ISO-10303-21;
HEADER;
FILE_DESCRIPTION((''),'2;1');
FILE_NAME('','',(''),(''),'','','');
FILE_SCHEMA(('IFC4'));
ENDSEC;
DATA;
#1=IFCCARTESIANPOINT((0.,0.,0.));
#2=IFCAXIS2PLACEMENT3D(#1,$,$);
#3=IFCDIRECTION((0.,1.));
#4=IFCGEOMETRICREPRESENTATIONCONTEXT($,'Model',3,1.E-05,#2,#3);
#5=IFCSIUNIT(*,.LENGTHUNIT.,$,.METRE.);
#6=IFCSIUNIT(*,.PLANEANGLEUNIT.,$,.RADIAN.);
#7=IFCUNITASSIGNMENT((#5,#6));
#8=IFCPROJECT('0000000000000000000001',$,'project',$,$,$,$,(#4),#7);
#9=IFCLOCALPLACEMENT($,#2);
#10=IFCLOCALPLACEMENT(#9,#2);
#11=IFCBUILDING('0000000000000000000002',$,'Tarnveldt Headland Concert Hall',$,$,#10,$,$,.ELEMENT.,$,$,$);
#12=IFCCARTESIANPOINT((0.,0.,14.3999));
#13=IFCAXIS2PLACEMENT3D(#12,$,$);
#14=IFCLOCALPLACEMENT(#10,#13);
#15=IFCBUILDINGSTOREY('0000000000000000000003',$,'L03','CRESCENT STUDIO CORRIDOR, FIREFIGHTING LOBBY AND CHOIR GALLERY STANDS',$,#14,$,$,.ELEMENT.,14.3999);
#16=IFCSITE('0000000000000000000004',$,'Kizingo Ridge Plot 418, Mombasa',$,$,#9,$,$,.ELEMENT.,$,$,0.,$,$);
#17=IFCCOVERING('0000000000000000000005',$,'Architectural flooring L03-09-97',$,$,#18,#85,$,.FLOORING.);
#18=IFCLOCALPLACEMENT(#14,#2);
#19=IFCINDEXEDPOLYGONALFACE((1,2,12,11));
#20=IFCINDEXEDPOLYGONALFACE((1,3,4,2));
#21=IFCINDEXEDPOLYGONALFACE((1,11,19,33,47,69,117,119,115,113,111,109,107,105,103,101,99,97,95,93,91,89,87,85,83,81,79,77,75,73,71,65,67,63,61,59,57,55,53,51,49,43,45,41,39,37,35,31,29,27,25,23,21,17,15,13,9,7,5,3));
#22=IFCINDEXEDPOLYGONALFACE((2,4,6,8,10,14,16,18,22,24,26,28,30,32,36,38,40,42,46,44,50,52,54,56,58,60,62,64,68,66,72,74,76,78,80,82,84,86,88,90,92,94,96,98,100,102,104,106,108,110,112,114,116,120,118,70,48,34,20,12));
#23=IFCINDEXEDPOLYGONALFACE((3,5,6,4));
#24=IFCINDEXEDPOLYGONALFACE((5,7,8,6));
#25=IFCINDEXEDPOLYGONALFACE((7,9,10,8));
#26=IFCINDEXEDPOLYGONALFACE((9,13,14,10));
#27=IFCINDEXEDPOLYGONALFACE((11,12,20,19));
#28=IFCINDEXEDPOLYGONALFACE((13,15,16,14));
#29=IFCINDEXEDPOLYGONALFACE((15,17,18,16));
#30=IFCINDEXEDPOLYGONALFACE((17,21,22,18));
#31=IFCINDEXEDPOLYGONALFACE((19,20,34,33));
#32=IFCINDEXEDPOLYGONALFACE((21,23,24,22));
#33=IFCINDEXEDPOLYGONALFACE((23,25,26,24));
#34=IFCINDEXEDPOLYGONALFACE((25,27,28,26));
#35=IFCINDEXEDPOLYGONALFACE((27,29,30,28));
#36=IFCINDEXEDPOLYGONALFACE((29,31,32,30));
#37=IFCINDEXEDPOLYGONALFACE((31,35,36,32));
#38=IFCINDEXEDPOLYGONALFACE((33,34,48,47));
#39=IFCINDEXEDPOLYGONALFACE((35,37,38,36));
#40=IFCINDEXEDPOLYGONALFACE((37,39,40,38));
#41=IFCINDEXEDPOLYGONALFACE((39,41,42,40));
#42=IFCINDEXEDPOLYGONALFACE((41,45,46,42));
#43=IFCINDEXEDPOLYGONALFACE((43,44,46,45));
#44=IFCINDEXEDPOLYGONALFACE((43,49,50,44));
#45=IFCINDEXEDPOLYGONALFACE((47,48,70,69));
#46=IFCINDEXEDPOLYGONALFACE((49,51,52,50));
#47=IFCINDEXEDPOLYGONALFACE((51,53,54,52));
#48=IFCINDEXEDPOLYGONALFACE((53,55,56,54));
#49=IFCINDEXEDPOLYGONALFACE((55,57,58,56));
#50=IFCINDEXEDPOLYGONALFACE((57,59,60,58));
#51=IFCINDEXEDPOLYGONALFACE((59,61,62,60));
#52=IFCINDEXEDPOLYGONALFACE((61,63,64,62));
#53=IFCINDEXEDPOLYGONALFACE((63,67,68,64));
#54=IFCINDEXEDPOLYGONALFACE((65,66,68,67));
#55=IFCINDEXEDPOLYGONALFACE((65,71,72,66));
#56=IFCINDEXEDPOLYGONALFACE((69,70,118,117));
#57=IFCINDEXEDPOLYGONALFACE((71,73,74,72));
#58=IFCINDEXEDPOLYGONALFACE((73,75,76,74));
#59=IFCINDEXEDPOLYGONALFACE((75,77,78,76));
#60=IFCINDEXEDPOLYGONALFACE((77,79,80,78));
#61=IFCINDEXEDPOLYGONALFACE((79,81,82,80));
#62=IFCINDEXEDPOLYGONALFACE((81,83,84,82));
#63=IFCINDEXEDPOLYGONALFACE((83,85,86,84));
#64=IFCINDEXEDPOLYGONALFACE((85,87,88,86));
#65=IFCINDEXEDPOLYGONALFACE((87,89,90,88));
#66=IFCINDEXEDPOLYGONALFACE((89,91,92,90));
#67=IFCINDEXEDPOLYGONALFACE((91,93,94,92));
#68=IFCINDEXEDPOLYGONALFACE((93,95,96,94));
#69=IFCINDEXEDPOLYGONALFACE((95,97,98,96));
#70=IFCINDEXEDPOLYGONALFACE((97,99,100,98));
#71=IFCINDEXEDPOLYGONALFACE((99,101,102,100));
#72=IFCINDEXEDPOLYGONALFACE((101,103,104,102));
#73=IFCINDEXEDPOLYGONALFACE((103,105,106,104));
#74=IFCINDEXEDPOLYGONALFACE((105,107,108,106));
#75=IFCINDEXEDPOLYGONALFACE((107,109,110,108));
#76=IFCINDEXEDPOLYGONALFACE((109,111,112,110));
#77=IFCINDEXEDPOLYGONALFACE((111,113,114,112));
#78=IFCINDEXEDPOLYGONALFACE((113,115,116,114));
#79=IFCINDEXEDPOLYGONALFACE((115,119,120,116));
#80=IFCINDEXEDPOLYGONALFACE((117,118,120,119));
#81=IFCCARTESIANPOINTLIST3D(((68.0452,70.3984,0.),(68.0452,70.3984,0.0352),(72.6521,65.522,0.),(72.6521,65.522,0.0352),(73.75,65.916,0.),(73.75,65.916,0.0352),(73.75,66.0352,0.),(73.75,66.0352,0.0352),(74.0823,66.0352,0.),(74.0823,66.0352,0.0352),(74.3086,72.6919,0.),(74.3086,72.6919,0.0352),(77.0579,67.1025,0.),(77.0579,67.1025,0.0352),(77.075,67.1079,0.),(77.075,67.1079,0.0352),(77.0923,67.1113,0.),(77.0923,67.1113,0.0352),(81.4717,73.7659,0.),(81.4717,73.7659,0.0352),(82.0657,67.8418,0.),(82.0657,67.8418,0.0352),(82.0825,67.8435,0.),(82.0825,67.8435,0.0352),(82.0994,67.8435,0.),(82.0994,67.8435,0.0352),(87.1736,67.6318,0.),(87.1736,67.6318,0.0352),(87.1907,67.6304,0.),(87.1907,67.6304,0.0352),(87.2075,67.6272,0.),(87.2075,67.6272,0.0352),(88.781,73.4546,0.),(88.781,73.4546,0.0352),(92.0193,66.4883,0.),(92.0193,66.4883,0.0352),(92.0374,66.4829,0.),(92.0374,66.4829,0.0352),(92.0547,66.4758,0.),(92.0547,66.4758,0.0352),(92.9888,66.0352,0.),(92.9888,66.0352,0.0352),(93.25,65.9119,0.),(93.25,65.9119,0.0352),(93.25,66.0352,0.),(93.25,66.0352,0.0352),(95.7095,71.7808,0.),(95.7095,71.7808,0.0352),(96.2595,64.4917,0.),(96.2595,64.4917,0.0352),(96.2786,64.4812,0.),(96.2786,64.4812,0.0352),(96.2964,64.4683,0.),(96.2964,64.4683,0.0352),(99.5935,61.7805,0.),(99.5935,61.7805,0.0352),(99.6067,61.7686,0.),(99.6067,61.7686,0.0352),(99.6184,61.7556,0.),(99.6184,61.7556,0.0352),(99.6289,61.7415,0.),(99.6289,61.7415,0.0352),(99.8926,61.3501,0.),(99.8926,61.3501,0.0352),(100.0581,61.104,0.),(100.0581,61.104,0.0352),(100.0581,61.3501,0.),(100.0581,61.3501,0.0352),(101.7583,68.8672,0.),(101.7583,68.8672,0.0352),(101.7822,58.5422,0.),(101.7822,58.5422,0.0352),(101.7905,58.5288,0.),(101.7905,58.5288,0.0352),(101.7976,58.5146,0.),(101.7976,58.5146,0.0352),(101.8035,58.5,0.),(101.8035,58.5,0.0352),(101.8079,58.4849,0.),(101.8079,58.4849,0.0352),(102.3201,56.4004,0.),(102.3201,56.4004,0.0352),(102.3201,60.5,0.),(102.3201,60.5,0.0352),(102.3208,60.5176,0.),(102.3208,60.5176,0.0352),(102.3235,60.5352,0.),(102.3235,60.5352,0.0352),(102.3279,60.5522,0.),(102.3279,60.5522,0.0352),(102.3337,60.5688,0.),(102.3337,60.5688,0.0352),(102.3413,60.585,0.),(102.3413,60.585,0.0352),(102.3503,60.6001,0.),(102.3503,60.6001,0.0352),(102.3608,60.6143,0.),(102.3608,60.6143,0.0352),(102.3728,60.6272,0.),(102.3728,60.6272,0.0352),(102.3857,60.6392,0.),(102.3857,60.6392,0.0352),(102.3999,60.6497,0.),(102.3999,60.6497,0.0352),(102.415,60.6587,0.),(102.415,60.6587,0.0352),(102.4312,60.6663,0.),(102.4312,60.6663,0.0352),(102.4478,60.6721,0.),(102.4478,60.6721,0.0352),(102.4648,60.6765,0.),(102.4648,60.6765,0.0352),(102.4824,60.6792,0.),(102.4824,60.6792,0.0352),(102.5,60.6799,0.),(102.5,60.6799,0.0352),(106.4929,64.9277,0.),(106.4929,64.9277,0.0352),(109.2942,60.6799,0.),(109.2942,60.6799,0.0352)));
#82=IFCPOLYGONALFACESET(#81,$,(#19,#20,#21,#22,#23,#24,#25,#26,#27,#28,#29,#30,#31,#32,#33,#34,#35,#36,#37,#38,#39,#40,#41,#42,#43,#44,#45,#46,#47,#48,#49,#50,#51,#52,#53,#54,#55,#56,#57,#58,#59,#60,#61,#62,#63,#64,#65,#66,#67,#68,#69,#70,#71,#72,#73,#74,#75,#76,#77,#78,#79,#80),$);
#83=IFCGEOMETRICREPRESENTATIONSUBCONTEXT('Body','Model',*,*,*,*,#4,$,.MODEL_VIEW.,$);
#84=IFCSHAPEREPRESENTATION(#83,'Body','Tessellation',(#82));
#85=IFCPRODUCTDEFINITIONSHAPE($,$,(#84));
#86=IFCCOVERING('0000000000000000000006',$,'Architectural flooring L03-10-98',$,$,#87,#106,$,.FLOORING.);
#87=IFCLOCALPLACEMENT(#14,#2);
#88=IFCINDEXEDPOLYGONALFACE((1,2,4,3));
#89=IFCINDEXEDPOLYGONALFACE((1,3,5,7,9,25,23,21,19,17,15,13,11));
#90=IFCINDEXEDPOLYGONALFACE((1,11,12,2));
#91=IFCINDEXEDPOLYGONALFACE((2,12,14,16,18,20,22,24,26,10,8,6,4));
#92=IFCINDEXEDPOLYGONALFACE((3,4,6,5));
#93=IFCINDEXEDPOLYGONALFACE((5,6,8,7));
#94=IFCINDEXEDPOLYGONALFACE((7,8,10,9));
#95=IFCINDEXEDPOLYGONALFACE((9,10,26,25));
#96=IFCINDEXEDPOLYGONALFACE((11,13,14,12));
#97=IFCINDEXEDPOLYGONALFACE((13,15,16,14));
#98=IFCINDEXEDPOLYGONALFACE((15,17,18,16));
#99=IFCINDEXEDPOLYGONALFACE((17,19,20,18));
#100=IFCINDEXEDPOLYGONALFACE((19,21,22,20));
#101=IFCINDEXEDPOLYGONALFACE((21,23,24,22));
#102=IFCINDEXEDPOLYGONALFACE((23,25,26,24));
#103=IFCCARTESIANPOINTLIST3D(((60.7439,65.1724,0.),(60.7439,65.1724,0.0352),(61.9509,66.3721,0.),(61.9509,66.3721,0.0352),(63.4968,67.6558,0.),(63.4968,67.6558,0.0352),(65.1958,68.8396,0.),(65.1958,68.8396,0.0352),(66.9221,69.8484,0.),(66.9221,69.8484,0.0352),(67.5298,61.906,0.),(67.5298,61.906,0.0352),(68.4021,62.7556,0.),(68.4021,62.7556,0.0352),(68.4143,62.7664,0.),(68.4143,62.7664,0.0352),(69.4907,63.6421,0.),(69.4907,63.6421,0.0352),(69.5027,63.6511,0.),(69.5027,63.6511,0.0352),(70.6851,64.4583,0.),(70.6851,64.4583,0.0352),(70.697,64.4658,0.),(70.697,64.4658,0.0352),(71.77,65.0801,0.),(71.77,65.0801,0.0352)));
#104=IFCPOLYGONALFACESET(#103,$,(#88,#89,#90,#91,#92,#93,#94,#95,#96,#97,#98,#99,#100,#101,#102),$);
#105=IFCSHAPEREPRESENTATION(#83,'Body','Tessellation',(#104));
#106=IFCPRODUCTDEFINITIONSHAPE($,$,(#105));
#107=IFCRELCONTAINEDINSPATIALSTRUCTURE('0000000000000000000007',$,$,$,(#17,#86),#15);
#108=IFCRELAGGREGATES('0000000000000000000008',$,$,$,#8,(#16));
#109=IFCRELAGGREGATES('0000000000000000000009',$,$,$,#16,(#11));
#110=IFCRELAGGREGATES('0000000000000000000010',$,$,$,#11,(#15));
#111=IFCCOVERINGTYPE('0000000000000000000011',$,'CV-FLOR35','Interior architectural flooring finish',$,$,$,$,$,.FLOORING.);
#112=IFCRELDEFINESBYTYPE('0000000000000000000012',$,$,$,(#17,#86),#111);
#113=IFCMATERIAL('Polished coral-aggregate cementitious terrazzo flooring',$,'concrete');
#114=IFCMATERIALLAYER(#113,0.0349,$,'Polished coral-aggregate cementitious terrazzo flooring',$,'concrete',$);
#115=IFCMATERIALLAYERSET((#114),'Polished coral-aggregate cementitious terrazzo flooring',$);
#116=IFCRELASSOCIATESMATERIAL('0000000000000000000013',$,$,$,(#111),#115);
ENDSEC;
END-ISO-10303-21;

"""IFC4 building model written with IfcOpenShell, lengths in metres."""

from ifc_helpers import new_model, si_unit, direction, frame, origin, place, context, subcontext, project, spatial, polyline, outline, extrude, material, layer, layer_set, type_object, element, save


model = new_model("IFC4")

# Units and contexts
model_context = context("Model", 3, precision=1e-05, world=origin(), true_north=direction((0.0, 1.0)))
body_context = subcontext(model_context, "Body", "Model", "MODEL_VIEW")
ifc_project = project(units=[si_unit("LENGTHUNIT", "METRE"), si_unit("PLANEANGLEUNIT", "RADIAN")], contexts=[model_context])

# Site, building, storey
site_placement = place(None, origin())
site = spatial("IfcSite", under=ifc_project, at=site_placement, Name="Kizingo Ridge Plot 418, Mombasa", CompositionType="ELEMENT", RefElevation=0.0)
building_placement = place(site_placement, origin())
building = spatial("IfcBuilding", under=site, at=building_placement, Name="Tarnveldt Headland Concert Hall", CompositionType="ELEMENT")
storey_placement = place(building_placement, frame((0.0, 0.0, 14.3999)))
storey = spatial("IfcBuildingStorey", under=building, at=storey_placement, Name="L03", Description="CRESCENT STUDIO CORRIDOR, FIREFIGHTING LOBBY AND CHOIR GALLERY STANDS", CompositionType="ELEMENT", Elevation=14.3999)

# Coverings
ifc_material_1 = material(Name="Polished coral-aggregate cementitious terrazzo flooring", Category="concrete")
ifc_layer_1 = layer(ifc_material_1, 0.0349, Name="Polished coral-aggregate cementitious terrazzo flooring", Category="concrete")
ifc_layer_set_1 = layer_set([ifc_layer_1], Name="Polished coral-aggregate cementitious terrazzo flooring")
covering_type_1 = type_object("IfcCoveringType", Name="CV-FLOR35", Description="Interior architectural flooring finish", PredefinedType="FLOORING", material=ifc_layer_set_1)
covering_1_placement = place(storey_placement, origin())
element("IfcCovering", 1, at=covering_1_placement, inside=storey, type_object=covering_type_1, Name="Architectural flooring L03-09-97", PredefinedType="FLOORING", context=body_context, shape_type="SweptSolid", body=[
    extrude(outline(polyline([(101.7905, 58.5288), (101.7822, 58.5422), (100.0581, 61.104), (100.0581, 61.3501), (99.8926, 61.3501), (99.6289, 61.7415), (99.6184, 61.7556), (99.6067, 61.7686), (99.5935, 61.7805), (96.2964, 64.4683), (96.2786, 64.4812), (96.2595, 64.4917), (93.25, 65.9119), (93.25, 66.0352), (92.9888, 66.0352), (92.0547, 66.4758), (92.0374, 66.4829), (92.0193, 66.4883), (87.2075, 67.6272), (87.1907, 67.6304), (87.1736, 67.6318), (82.0994, 67.8435), (82.0825, 67.8435), (82.0657, 67.8418), (77.0923, 67.1113), (77.075, 67.1079), (77.0579, 67.1025), (74.0823, 66.0352), (73.75, 66.0352), (73.75, 65.916), (72.6521, 65.522), (68.0452, 70.3984), (74.3086, 72.6919), (81.4717, 73.7659), (88.781, 73.4546), (95.7095, 71.7808), (101.7583, 68.8672), (106.4929, 64.9277), (109.2942, 60.6799), (102.5, 60.6799), (102.4824, 60.6792), (102.4648, 60.6765), (102.4478, 60.6721), (102.4312, 60.6663), (102.415, 60.6587), (102.3999, 60.6497), (102.3857, 60.6392), (102.3728, 60.6272), (102.3608, 60.6143), (102.3503, 60.6001), (102.3413, 60.585), (102.3337, 60.5688), (102.3279, 60.5522), (102.3235, 60.5352), (102.3208, 60.5176), (102.3201, 60.5), (102.3201, 56.4004), (101.8079, 58.4849), (101.8035, 58.5), (101.7976, 58.5146), (101.7905, 58.5288)])), origin(), (0.0, 0.0, 1.0), 0.0352),
])
covering_2_placement = place(storey_placement, origin())
element("IfcCovering", 2, at=covering_2_placement, inside=storey, type_object=covering_type_1, Name="Architectural flooring L03-10-98", PredefinedType="FLOORING", context=body_context, shape_type="SweptSolid", body=[
    extrude(outline(polyline([(71.77, 65.0801), (70.697, 64.4658), (70.6851, 64.4583), (69.5027, 63.6511), (69.4907, 63.6421), (68.4143, 62.7664), (68.4021, 62.7556), (67.5298, 61.906), (60.7439, 65.1724), (61.9509, 66.3721), (63.4968, 67.6558), (65.1958, 68.8396), (66.9221, 69.8484), (71.77, 65.0801)])), origin(), (0.0, 0.0, 1.0), 0.0352),
])

save(model, "model.ifc")
